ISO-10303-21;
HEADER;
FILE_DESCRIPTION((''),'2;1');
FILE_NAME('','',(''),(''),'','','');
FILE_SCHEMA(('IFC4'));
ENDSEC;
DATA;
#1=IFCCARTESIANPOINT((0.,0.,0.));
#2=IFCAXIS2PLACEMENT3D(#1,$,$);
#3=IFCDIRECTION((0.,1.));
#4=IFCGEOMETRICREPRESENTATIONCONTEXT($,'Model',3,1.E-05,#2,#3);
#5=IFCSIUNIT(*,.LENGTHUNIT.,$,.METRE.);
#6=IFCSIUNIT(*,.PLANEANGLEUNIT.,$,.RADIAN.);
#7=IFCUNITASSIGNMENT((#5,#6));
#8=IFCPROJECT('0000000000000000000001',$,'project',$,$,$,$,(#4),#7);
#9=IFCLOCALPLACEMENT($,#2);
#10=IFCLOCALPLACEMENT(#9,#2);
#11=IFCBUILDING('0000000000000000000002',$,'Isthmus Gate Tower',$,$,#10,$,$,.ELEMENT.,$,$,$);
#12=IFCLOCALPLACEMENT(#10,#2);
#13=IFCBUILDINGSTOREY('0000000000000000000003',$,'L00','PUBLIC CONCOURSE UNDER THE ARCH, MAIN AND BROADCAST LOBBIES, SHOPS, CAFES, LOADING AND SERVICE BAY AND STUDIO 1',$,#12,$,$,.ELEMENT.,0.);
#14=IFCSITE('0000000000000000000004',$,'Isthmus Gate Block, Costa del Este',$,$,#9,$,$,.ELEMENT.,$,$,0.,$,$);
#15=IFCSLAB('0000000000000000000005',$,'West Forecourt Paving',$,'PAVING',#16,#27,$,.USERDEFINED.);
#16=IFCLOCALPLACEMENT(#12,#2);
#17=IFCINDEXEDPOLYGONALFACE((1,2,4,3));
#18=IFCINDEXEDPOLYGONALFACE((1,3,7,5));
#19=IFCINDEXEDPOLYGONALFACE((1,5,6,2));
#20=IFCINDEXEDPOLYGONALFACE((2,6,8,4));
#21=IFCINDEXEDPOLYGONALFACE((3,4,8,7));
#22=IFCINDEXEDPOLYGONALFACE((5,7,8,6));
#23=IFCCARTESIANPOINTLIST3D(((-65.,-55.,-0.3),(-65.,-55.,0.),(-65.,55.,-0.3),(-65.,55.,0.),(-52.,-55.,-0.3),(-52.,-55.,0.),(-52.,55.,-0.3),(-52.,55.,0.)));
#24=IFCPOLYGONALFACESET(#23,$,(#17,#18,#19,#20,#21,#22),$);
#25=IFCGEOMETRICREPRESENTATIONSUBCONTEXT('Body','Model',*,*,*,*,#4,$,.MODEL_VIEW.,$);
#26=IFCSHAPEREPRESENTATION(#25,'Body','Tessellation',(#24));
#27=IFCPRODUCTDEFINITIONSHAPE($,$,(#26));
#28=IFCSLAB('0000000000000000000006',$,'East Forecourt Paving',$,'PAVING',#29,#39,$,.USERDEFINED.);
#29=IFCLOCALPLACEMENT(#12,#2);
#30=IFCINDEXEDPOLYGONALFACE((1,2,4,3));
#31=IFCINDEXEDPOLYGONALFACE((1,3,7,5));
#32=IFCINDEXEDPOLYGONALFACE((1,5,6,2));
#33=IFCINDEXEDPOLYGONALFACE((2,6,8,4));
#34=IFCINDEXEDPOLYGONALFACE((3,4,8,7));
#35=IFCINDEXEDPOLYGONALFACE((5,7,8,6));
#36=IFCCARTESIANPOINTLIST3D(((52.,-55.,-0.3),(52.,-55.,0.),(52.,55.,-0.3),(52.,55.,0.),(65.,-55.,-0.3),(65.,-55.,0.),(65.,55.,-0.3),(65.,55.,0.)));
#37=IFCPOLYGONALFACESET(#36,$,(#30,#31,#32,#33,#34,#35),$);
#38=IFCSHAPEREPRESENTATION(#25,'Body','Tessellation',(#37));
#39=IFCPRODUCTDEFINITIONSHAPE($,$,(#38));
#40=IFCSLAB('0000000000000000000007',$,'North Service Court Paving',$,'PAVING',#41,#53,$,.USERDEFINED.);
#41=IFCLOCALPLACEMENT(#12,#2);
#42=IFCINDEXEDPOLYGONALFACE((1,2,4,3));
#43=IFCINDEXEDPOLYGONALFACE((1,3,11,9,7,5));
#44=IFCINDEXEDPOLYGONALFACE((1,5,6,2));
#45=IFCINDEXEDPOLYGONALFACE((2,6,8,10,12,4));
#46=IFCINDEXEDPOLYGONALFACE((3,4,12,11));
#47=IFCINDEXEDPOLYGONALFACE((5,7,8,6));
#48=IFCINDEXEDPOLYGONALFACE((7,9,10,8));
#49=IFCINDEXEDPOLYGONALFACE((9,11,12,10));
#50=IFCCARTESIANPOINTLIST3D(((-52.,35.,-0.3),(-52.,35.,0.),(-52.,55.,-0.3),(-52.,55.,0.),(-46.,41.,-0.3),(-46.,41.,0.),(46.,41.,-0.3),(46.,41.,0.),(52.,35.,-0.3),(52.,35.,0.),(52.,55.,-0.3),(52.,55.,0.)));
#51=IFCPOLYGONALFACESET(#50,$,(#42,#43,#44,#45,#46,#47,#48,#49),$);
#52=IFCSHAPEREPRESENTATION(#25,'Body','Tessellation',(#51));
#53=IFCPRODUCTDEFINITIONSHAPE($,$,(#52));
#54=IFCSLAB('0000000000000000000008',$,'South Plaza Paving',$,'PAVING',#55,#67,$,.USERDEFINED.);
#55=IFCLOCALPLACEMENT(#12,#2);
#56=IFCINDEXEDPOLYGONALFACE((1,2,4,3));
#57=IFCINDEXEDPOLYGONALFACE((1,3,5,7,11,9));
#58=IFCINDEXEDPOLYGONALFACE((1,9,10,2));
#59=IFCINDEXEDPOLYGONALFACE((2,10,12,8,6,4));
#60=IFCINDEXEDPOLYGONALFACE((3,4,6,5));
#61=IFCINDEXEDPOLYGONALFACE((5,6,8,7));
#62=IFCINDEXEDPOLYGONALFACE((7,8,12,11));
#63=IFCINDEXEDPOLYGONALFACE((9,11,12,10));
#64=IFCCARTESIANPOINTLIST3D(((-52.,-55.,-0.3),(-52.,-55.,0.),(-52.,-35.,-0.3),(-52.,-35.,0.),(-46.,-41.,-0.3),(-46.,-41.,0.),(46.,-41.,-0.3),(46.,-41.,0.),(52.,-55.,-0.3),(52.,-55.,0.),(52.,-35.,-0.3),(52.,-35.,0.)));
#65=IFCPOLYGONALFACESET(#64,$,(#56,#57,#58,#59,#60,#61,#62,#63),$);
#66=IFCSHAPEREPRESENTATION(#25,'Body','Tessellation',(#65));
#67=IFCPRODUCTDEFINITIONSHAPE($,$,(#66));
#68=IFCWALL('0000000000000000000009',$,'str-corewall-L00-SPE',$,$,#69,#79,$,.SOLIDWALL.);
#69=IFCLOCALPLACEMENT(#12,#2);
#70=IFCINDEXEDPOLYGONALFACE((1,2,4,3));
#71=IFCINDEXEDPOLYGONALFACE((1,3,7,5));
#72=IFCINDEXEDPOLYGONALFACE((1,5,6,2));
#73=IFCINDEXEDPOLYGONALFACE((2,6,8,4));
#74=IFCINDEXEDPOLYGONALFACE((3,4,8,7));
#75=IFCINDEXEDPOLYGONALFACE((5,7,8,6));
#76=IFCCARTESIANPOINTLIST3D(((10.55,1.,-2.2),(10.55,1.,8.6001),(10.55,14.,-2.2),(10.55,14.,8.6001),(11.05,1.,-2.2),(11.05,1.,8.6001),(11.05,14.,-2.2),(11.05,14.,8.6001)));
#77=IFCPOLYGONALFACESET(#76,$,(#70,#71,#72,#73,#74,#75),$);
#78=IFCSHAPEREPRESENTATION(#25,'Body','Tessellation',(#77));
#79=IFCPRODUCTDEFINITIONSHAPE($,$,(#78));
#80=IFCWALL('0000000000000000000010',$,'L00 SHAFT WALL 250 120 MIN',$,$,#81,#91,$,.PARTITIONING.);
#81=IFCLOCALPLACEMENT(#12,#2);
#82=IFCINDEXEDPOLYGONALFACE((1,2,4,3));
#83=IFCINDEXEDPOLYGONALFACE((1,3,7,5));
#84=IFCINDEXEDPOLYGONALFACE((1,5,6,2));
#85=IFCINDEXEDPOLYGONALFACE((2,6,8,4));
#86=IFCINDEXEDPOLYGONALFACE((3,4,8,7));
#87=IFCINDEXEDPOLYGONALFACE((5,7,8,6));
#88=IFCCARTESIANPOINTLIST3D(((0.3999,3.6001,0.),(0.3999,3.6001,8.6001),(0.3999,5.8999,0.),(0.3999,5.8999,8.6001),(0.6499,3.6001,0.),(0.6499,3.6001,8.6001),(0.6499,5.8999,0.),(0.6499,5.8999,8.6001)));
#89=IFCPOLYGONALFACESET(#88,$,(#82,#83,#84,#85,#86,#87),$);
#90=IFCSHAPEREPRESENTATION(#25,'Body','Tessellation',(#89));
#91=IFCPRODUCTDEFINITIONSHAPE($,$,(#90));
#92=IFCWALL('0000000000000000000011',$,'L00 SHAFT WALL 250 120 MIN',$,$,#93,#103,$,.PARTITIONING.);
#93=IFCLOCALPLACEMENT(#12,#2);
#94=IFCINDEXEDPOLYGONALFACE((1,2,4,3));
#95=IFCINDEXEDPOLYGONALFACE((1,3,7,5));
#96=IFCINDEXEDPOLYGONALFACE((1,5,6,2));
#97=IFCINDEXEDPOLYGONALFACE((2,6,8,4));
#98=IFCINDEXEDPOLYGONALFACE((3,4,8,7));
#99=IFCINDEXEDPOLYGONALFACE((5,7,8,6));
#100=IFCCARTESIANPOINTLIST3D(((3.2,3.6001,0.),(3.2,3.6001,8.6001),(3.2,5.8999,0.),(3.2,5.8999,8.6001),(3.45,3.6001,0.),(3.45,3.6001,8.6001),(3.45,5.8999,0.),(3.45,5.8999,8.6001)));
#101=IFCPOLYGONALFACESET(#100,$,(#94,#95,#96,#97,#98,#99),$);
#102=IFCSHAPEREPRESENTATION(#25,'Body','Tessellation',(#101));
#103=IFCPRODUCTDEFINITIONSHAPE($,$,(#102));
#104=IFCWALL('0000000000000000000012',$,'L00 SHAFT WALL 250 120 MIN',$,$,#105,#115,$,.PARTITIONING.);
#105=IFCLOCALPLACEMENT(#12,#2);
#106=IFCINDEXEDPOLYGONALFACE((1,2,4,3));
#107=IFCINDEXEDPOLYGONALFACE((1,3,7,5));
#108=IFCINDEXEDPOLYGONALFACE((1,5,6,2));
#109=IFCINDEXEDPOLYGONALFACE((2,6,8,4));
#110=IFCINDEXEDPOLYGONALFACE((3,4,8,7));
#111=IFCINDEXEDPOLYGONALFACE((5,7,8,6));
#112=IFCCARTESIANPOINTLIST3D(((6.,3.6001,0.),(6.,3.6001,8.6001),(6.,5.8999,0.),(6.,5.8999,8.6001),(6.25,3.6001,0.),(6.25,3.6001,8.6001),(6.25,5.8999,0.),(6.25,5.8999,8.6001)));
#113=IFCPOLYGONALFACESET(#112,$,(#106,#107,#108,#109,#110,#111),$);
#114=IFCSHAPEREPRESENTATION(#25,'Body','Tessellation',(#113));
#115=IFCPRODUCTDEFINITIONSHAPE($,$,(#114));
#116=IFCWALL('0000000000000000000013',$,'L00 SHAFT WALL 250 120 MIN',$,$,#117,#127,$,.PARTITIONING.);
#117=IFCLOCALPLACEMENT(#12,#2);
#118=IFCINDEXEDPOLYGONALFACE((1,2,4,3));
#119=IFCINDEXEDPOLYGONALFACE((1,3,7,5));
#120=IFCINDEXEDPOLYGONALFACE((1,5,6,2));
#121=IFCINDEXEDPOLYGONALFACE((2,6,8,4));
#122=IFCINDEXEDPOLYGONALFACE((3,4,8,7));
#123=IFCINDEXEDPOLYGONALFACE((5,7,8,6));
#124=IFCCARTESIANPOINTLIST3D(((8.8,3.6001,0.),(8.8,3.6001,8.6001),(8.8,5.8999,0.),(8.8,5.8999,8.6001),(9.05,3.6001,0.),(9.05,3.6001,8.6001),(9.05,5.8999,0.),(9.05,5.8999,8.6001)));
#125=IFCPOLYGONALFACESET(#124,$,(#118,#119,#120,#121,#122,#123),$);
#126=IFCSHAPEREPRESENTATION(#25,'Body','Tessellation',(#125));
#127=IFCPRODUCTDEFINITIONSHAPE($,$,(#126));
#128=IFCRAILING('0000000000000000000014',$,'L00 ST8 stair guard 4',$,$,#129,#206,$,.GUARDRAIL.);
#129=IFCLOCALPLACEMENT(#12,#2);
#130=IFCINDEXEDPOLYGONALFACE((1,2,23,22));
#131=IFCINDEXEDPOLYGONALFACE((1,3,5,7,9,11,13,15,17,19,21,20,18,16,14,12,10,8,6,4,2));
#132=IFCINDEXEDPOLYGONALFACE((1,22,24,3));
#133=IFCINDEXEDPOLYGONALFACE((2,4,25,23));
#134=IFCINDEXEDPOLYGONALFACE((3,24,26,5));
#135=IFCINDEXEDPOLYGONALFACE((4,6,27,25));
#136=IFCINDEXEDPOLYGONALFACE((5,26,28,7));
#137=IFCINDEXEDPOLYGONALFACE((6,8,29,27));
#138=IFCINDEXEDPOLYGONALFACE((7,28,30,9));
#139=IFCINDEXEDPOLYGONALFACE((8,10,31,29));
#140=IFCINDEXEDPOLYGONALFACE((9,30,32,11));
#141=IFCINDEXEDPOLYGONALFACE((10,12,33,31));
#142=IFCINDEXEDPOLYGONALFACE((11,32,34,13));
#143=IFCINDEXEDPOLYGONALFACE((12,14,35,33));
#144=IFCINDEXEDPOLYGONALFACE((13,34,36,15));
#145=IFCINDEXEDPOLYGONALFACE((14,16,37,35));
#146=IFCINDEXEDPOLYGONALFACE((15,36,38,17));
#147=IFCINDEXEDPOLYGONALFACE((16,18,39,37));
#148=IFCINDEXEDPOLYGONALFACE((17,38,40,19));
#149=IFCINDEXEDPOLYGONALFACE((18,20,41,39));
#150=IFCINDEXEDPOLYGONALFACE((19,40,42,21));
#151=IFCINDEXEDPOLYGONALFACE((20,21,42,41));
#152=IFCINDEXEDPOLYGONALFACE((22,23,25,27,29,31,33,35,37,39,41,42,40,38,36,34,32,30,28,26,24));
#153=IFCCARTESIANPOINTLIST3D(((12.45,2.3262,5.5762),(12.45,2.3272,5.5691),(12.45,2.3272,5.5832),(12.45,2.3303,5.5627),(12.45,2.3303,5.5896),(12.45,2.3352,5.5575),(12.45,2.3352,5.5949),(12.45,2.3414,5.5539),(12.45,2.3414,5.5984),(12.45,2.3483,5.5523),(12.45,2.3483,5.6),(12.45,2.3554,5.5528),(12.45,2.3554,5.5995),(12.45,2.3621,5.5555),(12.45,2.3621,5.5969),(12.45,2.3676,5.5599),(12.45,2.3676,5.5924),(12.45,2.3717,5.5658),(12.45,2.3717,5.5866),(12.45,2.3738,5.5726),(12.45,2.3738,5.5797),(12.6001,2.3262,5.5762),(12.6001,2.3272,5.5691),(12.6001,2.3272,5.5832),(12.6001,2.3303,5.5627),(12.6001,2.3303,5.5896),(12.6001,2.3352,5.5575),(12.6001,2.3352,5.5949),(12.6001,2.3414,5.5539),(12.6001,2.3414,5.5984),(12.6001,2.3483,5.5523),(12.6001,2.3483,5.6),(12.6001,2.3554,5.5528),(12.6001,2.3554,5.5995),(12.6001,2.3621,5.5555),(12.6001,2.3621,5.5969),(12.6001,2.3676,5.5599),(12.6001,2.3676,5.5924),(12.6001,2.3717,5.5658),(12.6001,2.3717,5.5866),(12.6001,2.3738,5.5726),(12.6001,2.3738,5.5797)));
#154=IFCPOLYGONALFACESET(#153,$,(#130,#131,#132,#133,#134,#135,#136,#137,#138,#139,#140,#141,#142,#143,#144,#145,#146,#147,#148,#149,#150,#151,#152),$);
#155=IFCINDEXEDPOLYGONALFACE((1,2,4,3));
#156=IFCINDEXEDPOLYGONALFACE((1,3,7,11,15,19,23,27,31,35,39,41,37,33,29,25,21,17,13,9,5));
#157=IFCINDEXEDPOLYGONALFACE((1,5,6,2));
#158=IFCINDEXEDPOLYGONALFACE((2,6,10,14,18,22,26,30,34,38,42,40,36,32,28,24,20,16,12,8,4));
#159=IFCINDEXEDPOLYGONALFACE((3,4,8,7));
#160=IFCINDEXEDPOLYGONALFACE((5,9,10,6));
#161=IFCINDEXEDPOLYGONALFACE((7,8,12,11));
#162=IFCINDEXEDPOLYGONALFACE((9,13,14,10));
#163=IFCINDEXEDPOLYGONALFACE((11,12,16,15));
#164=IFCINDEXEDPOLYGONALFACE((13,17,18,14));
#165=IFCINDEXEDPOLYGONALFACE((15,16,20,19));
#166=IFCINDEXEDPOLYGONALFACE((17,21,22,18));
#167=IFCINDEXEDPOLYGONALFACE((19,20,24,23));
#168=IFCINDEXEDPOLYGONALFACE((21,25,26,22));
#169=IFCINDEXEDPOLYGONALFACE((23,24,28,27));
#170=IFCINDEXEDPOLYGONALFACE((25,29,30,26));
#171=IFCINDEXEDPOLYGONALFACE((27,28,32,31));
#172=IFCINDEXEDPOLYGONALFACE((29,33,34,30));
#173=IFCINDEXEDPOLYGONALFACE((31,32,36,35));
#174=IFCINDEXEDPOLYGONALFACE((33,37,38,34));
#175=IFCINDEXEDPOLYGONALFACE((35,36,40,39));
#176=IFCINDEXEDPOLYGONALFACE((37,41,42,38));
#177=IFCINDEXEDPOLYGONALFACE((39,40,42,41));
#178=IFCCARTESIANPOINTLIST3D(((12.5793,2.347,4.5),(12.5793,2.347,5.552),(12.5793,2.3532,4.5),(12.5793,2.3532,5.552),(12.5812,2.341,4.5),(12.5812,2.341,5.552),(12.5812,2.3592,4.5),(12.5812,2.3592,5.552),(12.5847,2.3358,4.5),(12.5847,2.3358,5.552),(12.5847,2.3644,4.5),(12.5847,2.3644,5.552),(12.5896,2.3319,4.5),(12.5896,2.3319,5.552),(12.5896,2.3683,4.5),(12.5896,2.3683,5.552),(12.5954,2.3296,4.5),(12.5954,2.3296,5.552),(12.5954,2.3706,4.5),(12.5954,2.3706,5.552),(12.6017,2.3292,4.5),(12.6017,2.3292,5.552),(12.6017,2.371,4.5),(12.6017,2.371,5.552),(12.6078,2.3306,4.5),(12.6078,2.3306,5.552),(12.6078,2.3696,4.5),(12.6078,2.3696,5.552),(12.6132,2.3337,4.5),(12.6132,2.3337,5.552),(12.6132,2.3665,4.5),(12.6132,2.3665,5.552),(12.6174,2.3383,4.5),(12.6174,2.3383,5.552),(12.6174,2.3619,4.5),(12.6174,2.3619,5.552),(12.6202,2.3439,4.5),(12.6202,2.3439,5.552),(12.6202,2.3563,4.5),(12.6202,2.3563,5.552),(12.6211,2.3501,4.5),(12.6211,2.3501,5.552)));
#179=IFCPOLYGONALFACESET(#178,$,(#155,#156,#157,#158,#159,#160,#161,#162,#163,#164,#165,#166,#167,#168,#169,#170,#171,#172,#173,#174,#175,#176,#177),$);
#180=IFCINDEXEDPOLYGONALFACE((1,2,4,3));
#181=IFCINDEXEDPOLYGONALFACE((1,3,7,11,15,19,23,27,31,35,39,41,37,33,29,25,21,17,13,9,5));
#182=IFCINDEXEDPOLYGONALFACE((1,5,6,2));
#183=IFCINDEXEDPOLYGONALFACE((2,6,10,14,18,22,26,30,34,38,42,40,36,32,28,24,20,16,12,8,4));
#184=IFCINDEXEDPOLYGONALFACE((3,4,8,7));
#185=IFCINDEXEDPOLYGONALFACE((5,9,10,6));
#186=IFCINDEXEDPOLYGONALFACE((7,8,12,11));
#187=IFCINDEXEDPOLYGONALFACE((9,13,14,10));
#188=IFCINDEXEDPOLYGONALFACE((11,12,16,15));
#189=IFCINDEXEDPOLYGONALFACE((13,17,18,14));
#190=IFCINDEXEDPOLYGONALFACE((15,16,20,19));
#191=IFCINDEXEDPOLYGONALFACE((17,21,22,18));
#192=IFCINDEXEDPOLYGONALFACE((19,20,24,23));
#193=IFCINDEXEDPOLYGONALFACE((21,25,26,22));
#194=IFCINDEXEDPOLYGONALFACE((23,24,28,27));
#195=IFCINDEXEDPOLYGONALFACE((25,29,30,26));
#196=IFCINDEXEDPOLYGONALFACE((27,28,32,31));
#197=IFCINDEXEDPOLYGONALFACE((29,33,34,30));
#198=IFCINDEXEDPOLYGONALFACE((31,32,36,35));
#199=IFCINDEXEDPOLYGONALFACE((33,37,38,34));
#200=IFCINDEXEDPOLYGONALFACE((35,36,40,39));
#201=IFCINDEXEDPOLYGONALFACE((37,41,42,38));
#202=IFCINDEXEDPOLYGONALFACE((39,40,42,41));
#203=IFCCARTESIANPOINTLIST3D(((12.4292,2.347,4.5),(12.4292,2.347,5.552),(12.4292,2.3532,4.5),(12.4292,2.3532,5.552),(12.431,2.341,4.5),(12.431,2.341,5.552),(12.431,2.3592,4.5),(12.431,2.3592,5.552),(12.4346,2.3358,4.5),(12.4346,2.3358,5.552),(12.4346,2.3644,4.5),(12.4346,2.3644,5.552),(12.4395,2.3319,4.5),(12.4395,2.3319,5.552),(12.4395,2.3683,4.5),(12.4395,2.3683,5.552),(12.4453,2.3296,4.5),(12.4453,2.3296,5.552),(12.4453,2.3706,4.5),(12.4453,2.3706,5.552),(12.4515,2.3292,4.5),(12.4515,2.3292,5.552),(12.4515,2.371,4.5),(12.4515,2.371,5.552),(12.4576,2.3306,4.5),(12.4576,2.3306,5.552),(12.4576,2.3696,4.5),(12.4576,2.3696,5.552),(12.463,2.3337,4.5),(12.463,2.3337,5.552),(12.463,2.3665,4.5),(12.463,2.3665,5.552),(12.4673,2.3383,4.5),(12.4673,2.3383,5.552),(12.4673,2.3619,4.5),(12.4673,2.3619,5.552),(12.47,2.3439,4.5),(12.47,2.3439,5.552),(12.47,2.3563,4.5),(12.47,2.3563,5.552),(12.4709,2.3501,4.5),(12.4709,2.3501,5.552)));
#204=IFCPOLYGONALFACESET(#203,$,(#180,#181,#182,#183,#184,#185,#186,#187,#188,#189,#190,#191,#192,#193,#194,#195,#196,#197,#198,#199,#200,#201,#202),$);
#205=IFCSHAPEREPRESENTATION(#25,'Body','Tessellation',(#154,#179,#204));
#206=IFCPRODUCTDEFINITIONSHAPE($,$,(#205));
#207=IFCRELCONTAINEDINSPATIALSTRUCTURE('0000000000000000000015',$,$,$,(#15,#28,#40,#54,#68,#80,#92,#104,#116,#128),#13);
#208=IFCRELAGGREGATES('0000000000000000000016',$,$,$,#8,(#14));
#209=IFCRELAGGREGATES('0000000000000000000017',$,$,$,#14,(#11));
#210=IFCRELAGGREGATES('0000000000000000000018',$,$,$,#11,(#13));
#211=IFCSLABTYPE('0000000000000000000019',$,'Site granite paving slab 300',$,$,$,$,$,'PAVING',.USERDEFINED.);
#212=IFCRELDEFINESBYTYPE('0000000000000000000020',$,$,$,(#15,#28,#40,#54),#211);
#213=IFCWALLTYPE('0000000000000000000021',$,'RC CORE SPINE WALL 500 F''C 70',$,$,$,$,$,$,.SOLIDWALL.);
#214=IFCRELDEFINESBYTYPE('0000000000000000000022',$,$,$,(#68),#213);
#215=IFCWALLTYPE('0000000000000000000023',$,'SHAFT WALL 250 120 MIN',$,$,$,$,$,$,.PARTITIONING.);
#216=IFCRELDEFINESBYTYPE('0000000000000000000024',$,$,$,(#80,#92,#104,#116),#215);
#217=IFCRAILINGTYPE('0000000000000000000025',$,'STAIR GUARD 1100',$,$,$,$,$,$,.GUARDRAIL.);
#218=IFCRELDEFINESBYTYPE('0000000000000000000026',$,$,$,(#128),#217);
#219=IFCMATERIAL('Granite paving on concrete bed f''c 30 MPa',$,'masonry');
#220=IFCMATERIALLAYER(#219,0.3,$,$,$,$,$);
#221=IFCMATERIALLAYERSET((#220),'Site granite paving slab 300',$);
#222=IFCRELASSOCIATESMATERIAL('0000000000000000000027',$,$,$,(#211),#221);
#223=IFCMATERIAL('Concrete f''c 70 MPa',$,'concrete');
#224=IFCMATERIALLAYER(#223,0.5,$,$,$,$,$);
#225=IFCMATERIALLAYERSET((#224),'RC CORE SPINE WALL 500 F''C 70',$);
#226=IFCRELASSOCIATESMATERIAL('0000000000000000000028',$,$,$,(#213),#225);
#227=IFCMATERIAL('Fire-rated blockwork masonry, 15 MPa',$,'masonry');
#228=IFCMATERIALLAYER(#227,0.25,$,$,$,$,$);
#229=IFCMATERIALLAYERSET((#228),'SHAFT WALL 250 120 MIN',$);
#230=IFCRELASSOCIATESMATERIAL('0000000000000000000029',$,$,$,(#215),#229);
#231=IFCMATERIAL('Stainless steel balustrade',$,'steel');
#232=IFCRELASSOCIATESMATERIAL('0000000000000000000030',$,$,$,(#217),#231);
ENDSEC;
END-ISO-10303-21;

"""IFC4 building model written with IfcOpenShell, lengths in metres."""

from ifc_helpers import new_model, si_unit, direction, frame, frame_2d, origin, origin_2d, place, context, subcontext, project, spatial, polyline, rectangle, circle, outline, extrude, material, layer, layer_set, type_object, element, save


model = new_model("IFC4")

# Units and contexts
model_context = context("Model", 3, precision=1e-05, world=origin(), true_north=direction((0.0, 1.0)))
body_context = subcontext(model_context, "Body", "Model", "MODEL_VIEW")
ifc_project = project(units=[si_unit("LENGTHUNIT", "METRE"), si_unit("PLANEANGLEUNIT", "RADIAN")], contexts=[model_context])

# Site, building, storey
site_placement = place(None, origin())
site = spatial("IfcSite", under=ifc_project, at=site_placement, Name="Isthmus Gate Block, Costa del Este", CompositionType="ELEMENT", RefElevation=0.0)
building_placement = place(site_placement, origin())
building = spatial("IfcBuilding", under=site, at=building_placement, Name="Isthmus Gate Tower", CompositionType="ELEMENT")
storey_placement = place(building_placement, origin())
storey = spatial("IfcBuildingStorey", under=building, at=storey_placement, Name="L00", Description="PUBLIC CONCOURSE UNDER THE ARCH, MAIN AND BROADCAST LOBBIES, SHOPS, CAFES, LOADING AND SERVICE BAY AND STUDIO 1", CompositionType="ELEMENT", Elevation=0.0)

# Slabs
ifc_material_1 = material(Name="Granite paving on concrete bed f'c 30 MPa", Category="masonry")
ifc_layer_1 = layer(ifc_material_1, 0.3)
ifc_layer_set_1 = layer_set([ifc_layer_1], Name="Site granite paving slab 300")
slab_type_1 = type_object("IfcSlabType", Name="Site granite paving slab 300", ElementType="PAVING", PredefinedType="USERDEFINED", material=ifc_layer_set_1)
slab_1_placement = place(storey_placement, frame((0.0, 0.0, -0.3)))
element("IfcSlab", 1, at=slab_1_placement, inside=storey, type_object=slab_type_1, Name="West Forecourt Paving", ObjectType="PAVING", PredefinedType="USERDEFINED", context=body_context, shape_type="SweptSolid", body=[
    extrude(outline(polyline([(-52.0, -55.0), (-52.0, 55.0), (-65.0, 55.0), (-65.0, -55.0), (-52.0, -55.0)])), origin(), (0.0, 0.0, 1.0), 0.3),
])
slab_2_placement = place(storey_placement, frame((0.0, 0.0, -0.3)))
element("IfcSlab", 2, at=slab_2_placement, inside=storey, type_object=slab_type_1, Name="East Forecourt Paving", ObjectType="PAVING", PredefinedType="USERDEFINED", context=body_context, shape_type="SweptSolid", body=[
    extrude(outline(polyline([(65.0, -55.0), (65.0, 55.0), (52.0, 55.0), (52.0, -55.0), (65.0, -55.0)])), origin(), (0.0, 0.0, 1.0), 0.3),
])
slab_3_placement = place(storey_placement, frame((0.0, 0.0, -0.3)))
element("IfcSlab", 3, at=slab_3_placement, inside=storey, type_object=slab_type_1, Name="North Service Court Paving", ObjectType="PAVING", PredefinedType="USERDEFINED", context=body_context, shape_type="SweptSolid", body=[
    extrude(outline(polyline([(-52.0, 55.0), (52.0, 55.0), (52.0, 35.0), (46.0, 41.0), (-46.0, 41.0), (-52.0, 35.0), (-52.0, 55.0)])), origin(), (0.0, 0.0, 1.0), 0.3),
])
slab_4_placement = place(storey_placement, frame((0.0, 0.0, -0.3)))
element("IfcSlab", 4, at=slab_4_placement, inside=storey, type_object=slab_type_1, Name="South Plaza Paving", ObjectType="PAVING", PredefinedType="USERDEFINED", context=body_context, shape_type="SweptSolid", body=[
    extrude(outline(polyline([(52.0, -55.0), (-52.0, -55.0), (-52.0, -35.0), (-46.0, -41.0), (46.0, -41.0), (52.0, -35.0), (52.0, -55.0)])), origin(), (0.0, 0.0, 1.0), 0.3),
])

# Walls
ifc_material_2 = material(Name="Concrete f'c 70 MPa", Category="concrete")
ifc_layer_2 = layer(ifc_material_2, 0.5)
ifc_layer_set_2 = layer_set([ifc_layer_2], Name="RC CORE SPINE WALL 500 F'C 70")
wall_type_1 = type_object("IfcWallType", Name="RC CORE SPINE WALL 500 F'C 70", PredefinedType="SOLIDWALL", material=ifc_layer_set_2)
wall_placement = place(storey_placement, frame((10.8, 1.0, -2.2), z_axis=(0.0, 0.0, 1.0), x_axis=(0.0, 1.0, 0.0)))
element("IfcWall", 5, at=wall_placement, inside=storey, type_object=wall_type_1, Name="str-corewall-L00-SPE", PredefinedType="SOLIDWALL", context=body_context, shape_type="SweptSolid", body=[
    extrude(rectangle(XDim=13.0, YDim=0.5, at=frame_2d((6.5, 0.0))), origin(), (0.0, 0.0, 1.0), 10.8),
])
ifc_material_3 = material(Name="Fire-rated blockwork masonry, 15 MPa", Category="masonry")
ifc_layer_3 = layer(ifc_material_3, 0.25)
ifc_layer_set_3 = layer_set([ifc_layer_3], Name="SHAFT WALL 250 120 MIN")
wall_type_2 = type_object("IfcWallType", Name="SHAFT WALL 250 120 MIN", PredefinedType="PARTITIONING", material=ifc_layer_set_3)
for number, where, z_axis, x_axis, name in (
    (6, (0.5249, 3.6001, 0.0), (0.0, 0.0, 1.0), (0.0, 1.0, 0.0), "L00 SHAFT WALL 250 120 MIN"),
    (7, (3.325, 3.6001, 0.0), (0.0, 0.0, 1.0), (0.0, 1.0, 0.0), "L00 SHAFT WALL 250 120 MIN"),
    (8, (6.125, 3.6001, 0.0), (0.0, 0.0, 1.0), (0.0, 1.0, 0.0), "L00 SHAFT WALL 250 120 MIN"),
    (9, (8.925, 3.6001, 0.0), (0.0, 0.0, 1.0), (0.0, 1.0, 0.0), "L00 SHAFT WALL 250 120 MIN"),
):
    element("IfcWall", number, at=place(storey_placement, frame(where, z_axis=z_axis, x_axis=x_axis)), inside=storey, type_object=wall_type_2, Name=name, PredefinedType="PARTITIONING", context=body_context, shape_type="SweptSolid", body=[
        extrude(rectangle(XDim=2.2998, YDim=0.25, at=frame_2d((1.1499, 0.0))), origin(), (0.0, 0.0, 1.0), 8.6001),
    ])

# Railing
ifc_material_4 = material(Name="Stainless steel balustrade", Category="steel")
railing_type = type_object("IfcRailingType", Name="STAIR GUARD 1100", PredefinedType="GUARDRAIL", material=ifc_material_4)
for number, where, name in (
    (10, (12.6001, 2.3501, 4.5), "L00 ST8 stair guard 4"),
):
    element("IfcRailing", number, at=place(storey_placement, frame(where)), inside=storey, type_object=railing_type, Name=name, PredefinedType="GUARDRAIL", context=body_context, shape_type="SweptSolid", body=[
        extrude(circle(Radius=0.0239, at=origin_2d()), frame((0.0, 0.0, 1.0762), z_axis=(-1.0, 0.0, 0.0), x_axis=(0.0, -1.0, 0.0)), (0.0, 0.0, 1.0), 0.1501),
        extrude(circle(Radius=0.021, at=origin_2d()), origin(), (0.0, 0.0, 1.0), 1.052),
        extrude(circle(Radius=0.021, at=origin_2d()), frame((-0.1501, 0.0, 0.0)), (0.0, 0.0, 1.0), 1.052),
    ])

save(model, "model.ifc")
